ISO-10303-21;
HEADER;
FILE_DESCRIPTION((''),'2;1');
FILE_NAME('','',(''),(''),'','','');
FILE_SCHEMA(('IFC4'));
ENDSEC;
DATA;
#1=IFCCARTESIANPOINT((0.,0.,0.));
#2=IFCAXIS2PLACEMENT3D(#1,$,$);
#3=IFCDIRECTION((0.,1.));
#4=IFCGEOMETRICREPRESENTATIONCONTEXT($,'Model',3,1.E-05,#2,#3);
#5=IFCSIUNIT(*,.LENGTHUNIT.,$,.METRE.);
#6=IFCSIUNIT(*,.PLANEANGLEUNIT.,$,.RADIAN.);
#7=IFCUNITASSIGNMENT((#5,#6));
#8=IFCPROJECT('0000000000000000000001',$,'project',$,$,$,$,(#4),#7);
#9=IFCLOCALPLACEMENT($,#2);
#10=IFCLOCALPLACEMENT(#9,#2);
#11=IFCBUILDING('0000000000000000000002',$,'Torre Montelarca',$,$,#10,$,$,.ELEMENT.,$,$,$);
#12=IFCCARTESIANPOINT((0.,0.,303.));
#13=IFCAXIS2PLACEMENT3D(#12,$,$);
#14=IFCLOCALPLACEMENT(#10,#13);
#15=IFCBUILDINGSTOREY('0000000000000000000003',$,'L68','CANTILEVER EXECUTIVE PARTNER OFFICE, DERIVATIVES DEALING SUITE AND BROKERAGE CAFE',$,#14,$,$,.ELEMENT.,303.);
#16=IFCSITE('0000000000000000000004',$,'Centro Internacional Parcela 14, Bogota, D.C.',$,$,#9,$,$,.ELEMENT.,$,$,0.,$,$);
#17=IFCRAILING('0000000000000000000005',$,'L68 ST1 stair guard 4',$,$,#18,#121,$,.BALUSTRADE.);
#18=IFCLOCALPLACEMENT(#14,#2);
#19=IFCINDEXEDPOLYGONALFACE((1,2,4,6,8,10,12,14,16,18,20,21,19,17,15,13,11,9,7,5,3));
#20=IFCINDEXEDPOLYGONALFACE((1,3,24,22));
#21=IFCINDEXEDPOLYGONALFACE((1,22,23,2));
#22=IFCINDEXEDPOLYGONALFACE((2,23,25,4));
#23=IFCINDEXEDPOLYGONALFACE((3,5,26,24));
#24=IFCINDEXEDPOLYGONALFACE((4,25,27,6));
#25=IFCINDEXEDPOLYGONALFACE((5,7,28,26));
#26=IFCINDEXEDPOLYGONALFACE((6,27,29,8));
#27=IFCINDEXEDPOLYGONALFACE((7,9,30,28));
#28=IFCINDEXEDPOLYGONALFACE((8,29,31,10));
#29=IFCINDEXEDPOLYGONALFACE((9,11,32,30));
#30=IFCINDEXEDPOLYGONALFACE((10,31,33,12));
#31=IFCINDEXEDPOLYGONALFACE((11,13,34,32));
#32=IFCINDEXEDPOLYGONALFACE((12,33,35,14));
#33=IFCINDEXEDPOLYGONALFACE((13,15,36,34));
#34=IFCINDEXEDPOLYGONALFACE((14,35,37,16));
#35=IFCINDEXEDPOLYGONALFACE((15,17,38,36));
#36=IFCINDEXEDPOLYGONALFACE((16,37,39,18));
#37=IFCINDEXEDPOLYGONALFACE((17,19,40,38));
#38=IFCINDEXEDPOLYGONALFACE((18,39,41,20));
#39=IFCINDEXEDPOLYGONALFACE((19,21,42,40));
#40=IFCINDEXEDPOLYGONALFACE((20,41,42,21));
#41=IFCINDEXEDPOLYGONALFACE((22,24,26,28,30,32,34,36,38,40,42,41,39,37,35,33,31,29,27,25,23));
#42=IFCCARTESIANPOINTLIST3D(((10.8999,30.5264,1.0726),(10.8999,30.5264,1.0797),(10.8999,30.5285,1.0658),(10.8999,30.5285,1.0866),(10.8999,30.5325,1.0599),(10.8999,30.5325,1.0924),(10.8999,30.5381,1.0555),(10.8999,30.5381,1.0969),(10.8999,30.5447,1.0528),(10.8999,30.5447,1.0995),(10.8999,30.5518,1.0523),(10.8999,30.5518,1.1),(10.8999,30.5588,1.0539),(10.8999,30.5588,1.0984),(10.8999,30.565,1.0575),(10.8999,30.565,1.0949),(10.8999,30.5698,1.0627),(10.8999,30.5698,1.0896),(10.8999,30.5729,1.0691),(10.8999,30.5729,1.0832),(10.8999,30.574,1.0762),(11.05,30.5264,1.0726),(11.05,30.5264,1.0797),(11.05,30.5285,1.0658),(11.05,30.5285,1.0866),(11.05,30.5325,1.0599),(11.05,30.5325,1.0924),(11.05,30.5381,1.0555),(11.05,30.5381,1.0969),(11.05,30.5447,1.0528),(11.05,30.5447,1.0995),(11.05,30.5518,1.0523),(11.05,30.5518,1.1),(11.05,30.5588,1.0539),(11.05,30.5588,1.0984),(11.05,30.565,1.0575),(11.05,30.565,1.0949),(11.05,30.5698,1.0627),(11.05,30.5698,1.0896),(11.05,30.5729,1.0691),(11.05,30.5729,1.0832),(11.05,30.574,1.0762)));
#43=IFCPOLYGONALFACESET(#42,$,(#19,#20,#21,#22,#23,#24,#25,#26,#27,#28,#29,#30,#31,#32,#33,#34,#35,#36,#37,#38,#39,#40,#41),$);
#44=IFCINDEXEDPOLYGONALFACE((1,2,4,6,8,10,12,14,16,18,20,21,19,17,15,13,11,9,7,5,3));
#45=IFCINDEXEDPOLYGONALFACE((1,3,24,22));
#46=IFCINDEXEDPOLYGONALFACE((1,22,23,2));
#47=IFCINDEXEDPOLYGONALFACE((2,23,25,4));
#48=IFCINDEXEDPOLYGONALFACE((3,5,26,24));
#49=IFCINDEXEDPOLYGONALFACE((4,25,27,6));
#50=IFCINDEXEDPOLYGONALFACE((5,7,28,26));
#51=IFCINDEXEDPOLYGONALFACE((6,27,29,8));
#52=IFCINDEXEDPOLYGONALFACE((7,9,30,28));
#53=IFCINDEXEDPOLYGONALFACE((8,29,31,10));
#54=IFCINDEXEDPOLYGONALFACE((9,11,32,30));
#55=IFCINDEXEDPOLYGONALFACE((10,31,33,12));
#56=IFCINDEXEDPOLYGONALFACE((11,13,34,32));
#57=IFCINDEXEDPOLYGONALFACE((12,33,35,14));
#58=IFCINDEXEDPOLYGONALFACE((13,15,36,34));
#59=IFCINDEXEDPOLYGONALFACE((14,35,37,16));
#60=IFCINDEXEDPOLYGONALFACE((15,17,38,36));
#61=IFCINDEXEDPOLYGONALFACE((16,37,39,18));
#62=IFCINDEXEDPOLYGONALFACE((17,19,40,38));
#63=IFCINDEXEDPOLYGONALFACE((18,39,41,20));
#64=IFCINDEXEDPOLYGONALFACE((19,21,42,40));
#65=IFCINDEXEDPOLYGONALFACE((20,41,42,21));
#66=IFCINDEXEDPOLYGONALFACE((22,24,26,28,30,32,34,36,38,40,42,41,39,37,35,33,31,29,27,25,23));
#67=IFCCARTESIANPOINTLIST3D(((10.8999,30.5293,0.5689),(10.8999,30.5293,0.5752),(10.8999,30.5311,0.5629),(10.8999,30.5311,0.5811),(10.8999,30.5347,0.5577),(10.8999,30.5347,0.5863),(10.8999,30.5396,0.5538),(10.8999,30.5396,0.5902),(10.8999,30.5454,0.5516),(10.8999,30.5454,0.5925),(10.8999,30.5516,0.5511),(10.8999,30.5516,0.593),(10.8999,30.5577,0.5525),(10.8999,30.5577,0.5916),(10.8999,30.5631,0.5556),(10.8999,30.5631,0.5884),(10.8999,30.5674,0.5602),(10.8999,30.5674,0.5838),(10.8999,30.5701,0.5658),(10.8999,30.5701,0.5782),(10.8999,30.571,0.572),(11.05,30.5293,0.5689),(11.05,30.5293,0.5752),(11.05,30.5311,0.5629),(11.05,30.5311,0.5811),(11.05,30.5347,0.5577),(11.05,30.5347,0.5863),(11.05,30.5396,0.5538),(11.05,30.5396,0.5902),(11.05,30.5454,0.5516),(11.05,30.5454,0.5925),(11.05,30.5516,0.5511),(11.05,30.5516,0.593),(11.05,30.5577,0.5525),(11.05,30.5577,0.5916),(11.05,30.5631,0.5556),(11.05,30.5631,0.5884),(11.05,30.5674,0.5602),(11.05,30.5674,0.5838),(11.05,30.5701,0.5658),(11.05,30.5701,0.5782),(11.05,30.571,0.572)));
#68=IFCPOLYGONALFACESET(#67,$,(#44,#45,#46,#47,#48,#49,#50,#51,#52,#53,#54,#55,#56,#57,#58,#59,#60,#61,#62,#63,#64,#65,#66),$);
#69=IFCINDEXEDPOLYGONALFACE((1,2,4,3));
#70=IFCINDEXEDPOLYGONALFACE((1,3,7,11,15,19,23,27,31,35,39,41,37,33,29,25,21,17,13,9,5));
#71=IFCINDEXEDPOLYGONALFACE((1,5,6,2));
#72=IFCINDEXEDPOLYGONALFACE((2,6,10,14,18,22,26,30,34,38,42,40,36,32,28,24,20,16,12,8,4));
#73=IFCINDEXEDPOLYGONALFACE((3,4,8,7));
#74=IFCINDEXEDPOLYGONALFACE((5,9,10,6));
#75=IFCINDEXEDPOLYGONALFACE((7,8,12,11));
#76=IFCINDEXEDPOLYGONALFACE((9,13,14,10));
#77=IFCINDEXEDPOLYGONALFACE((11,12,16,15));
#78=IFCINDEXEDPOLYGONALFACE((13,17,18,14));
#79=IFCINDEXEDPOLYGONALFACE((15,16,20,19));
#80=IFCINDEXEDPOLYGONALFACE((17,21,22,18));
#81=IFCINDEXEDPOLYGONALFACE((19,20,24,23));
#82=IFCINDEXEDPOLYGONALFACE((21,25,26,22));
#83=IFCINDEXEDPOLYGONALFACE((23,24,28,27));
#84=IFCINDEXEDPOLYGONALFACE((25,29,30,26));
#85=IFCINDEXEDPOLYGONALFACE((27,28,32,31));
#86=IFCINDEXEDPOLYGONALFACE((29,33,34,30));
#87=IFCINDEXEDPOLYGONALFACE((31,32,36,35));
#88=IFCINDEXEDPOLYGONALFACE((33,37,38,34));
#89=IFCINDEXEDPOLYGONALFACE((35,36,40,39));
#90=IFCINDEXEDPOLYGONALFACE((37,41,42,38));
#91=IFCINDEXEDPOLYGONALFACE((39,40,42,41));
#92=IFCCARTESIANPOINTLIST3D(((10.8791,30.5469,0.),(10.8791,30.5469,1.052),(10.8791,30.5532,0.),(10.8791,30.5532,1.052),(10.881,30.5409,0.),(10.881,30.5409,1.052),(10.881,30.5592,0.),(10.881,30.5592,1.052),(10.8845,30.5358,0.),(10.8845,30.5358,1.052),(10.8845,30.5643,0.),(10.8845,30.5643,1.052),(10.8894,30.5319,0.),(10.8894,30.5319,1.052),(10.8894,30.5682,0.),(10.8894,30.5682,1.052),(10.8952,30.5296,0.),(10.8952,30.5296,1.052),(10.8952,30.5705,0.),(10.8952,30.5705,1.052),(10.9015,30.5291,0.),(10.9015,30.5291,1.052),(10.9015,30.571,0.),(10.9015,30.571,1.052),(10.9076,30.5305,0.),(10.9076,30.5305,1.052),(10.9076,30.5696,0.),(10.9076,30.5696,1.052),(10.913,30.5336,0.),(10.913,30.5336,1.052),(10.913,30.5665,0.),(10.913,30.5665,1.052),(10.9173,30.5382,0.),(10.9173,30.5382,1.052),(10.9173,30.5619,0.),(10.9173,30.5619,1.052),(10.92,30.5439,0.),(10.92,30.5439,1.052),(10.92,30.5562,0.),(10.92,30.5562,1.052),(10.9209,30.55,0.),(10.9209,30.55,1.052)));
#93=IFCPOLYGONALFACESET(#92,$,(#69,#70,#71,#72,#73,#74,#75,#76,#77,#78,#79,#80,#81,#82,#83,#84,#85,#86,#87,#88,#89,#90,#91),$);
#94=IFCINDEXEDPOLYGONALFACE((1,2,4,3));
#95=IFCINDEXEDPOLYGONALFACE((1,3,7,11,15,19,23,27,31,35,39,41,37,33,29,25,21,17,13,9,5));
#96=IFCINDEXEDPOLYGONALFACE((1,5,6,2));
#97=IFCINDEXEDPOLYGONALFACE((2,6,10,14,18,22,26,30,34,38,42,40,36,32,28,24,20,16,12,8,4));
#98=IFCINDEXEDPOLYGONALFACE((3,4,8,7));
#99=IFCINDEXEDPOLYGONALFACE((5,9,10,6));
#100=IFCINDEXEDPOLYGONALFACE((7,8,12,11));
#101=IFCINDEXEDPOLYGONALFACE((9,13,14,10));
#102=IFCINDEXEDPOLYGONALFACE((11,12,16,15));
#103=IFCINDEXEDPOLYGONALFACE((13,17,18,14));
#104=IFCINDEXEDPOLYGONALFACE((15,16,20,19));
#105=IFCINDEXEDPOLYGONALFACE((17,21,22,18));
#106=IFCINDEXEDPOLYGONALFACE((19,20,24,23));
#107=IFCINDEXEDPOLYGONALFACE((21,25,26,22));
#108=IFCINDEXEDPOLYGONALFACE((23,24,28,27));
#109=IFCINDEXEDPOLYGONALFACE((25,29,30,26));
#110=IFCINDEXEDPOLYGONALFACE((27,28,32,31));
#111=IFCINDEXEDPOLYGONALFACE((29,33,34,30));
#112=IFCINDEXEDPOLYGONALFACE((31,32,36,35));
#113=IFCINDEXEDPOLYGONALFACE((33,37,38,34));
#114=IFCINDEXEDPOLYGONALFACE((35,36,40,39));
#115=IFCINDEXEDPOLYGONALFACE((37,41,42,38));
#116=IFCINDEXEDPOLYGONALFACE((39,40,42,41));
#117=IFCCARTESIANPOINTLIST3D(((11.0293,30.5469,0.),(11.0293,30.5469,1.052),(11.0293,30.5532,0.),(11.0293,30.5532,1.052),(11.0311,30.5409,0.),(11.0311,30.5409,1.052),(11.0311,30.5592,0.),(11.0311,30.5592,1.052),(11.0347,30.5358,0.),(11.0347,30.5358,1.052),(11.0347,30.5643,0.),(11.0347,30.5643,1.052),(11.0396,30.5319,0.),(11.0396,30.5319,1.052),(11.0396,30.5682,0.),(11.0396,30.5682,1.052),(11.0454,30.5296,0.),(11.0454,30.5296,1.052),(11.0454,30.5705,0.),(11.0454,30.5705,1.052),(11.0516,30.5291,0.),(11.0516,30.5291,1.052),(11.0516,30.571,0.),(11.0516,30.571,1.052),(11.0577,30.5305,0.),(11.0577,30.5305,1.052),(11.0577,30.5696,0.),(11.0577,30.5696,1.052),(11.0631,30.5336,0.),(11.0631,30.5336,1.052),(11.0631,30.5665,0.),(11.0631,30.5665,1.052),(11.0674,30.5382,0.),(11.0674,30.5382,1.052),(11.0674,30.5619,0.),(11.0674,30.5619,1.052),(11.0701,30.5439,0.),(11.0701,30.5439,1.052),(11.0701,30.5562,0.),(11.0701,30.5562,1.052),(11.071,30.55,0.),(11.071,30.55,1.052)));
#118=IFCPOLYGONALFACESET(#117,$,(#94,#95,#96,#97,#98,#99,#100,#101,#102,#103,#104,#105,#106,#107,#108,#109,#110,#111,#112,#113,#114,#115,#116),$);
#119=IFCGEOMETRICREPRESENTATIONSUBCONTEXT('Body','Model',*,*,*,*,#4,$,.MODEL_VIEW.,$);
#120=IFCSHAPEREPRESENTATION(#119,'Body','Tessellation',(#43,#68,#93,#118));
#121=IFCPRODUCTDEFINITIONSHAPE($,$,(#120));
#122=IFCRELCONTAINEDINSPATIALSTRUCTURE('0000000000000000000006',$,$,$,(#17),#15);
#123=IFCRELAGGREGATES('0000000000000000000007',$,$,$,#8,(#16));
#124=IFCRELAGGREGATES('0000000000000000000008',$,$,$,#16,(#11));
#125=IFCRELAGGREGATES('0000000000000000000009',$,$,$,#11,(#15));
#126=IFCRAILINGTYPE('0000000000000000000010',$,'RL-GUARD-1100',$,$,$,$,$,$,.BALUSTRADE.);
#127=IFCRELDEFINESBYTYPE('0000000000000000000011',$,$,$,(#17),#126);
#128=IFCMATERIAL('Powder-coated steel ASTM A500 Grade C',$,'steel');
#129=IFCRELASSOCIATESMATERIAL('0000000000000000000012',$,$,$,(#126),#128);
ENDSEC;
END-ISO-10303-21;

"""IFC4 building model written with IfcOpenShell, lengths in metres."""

from ifc_helpers import new_model, si_unit, direction, frame, origin, origin_2d, place, context, subcontext, project, spatial, circle, extrude, material, type_object, element, save


model = new_model("IFC4")

# Units and contexts
model_context = context("Model", 3, precision=1e-05, world=origin(), true_north=direction((0.0, 1.0)))
body_context = subcontext(model_context, "Body", "Model", "MODEL_VIEW")
ifc_project = project(units=[si_unit("LENGTHUNIT", "METRE"), si_unit("PLANEANGLEUNIT", "RADIAN")], contexts=[model_context])

# Site, building, storey
site_placement = place(None, origin())
site = spatial("IfcSite", under=ifc_project, at=site_placement, Name="Centro Internacional Parcela 14, Bogota, D.C.", CompositionType="ELEMENT", RefElevation=0.0)
building_placement = place(site_placement, origin())
building = spatial("IfcBuilding", under=site, at=building_placement, Name="Torre Montelarca", CompositionType="ELEMENT")
storey_placement = place(building_placement, frame((0.0, 0.0, 303.0)))
storey = spatial("IfcBuildingStorey", under=building, at=storey_placement, Name="L68", Description="CANTILEVER EXECUTIVE PARTNER OFFICE, DERIVATIVES DEALING SUITE AND BROKERAGE CAFE", CompositionType="ELEMENT", Elevation=303.0)

# Railing
ifc_material_1 = material(Name="Powder-coated steel ASTM A500 Grade C", Category="steel")
railing_type_1 = type_object("IfcRailingType", Name="RL-GUARD-1100", PredefinedType="BALUSTRADE", material=ifc_material_1)
railing_1_placement = place(storey_placement, frame((10.8999, 30.55, 0.0)))
element("IfcRailing", 1, at=railing_1_placement, inside=storey, type_object=railing_type_1, Name="L68 ST1 stair guard 4", PredefinedType="BALUSTRADE", context=body_context, shape_type="SweptSolid", body=[
    extrude(circle(Radius=0.0239, at=origin_2d()), frame((0.0, 0.0, 1.0762), z_axis=(1.0, 0.0, 0.0), x_axis=(0.0, 1.0, 0.0)), (0.0, 0.0, 1.0), 0.1501),
    extrude(circle(Radius=0.021, at=origin_2d()), frame((0.0, 0.0, 0.572), z_axis=(1.0, 0.0, 0.0), x_axis=(0.0, 1.0, 0.0)), (0.0, 0.0, 1.0), 0.1501),
    extrude(circle(Radius=0.021, at=origin_2d()), origin(), (0.0, 0.0, 1.0), 1.052),
    extrude(circle(Radius=0.021, at=origin_2d()), frame((0.1501, 0.0, 0.0)), (0.0, 0.0, 1.0), 1.052),
])

save(model, "model.ifc")
